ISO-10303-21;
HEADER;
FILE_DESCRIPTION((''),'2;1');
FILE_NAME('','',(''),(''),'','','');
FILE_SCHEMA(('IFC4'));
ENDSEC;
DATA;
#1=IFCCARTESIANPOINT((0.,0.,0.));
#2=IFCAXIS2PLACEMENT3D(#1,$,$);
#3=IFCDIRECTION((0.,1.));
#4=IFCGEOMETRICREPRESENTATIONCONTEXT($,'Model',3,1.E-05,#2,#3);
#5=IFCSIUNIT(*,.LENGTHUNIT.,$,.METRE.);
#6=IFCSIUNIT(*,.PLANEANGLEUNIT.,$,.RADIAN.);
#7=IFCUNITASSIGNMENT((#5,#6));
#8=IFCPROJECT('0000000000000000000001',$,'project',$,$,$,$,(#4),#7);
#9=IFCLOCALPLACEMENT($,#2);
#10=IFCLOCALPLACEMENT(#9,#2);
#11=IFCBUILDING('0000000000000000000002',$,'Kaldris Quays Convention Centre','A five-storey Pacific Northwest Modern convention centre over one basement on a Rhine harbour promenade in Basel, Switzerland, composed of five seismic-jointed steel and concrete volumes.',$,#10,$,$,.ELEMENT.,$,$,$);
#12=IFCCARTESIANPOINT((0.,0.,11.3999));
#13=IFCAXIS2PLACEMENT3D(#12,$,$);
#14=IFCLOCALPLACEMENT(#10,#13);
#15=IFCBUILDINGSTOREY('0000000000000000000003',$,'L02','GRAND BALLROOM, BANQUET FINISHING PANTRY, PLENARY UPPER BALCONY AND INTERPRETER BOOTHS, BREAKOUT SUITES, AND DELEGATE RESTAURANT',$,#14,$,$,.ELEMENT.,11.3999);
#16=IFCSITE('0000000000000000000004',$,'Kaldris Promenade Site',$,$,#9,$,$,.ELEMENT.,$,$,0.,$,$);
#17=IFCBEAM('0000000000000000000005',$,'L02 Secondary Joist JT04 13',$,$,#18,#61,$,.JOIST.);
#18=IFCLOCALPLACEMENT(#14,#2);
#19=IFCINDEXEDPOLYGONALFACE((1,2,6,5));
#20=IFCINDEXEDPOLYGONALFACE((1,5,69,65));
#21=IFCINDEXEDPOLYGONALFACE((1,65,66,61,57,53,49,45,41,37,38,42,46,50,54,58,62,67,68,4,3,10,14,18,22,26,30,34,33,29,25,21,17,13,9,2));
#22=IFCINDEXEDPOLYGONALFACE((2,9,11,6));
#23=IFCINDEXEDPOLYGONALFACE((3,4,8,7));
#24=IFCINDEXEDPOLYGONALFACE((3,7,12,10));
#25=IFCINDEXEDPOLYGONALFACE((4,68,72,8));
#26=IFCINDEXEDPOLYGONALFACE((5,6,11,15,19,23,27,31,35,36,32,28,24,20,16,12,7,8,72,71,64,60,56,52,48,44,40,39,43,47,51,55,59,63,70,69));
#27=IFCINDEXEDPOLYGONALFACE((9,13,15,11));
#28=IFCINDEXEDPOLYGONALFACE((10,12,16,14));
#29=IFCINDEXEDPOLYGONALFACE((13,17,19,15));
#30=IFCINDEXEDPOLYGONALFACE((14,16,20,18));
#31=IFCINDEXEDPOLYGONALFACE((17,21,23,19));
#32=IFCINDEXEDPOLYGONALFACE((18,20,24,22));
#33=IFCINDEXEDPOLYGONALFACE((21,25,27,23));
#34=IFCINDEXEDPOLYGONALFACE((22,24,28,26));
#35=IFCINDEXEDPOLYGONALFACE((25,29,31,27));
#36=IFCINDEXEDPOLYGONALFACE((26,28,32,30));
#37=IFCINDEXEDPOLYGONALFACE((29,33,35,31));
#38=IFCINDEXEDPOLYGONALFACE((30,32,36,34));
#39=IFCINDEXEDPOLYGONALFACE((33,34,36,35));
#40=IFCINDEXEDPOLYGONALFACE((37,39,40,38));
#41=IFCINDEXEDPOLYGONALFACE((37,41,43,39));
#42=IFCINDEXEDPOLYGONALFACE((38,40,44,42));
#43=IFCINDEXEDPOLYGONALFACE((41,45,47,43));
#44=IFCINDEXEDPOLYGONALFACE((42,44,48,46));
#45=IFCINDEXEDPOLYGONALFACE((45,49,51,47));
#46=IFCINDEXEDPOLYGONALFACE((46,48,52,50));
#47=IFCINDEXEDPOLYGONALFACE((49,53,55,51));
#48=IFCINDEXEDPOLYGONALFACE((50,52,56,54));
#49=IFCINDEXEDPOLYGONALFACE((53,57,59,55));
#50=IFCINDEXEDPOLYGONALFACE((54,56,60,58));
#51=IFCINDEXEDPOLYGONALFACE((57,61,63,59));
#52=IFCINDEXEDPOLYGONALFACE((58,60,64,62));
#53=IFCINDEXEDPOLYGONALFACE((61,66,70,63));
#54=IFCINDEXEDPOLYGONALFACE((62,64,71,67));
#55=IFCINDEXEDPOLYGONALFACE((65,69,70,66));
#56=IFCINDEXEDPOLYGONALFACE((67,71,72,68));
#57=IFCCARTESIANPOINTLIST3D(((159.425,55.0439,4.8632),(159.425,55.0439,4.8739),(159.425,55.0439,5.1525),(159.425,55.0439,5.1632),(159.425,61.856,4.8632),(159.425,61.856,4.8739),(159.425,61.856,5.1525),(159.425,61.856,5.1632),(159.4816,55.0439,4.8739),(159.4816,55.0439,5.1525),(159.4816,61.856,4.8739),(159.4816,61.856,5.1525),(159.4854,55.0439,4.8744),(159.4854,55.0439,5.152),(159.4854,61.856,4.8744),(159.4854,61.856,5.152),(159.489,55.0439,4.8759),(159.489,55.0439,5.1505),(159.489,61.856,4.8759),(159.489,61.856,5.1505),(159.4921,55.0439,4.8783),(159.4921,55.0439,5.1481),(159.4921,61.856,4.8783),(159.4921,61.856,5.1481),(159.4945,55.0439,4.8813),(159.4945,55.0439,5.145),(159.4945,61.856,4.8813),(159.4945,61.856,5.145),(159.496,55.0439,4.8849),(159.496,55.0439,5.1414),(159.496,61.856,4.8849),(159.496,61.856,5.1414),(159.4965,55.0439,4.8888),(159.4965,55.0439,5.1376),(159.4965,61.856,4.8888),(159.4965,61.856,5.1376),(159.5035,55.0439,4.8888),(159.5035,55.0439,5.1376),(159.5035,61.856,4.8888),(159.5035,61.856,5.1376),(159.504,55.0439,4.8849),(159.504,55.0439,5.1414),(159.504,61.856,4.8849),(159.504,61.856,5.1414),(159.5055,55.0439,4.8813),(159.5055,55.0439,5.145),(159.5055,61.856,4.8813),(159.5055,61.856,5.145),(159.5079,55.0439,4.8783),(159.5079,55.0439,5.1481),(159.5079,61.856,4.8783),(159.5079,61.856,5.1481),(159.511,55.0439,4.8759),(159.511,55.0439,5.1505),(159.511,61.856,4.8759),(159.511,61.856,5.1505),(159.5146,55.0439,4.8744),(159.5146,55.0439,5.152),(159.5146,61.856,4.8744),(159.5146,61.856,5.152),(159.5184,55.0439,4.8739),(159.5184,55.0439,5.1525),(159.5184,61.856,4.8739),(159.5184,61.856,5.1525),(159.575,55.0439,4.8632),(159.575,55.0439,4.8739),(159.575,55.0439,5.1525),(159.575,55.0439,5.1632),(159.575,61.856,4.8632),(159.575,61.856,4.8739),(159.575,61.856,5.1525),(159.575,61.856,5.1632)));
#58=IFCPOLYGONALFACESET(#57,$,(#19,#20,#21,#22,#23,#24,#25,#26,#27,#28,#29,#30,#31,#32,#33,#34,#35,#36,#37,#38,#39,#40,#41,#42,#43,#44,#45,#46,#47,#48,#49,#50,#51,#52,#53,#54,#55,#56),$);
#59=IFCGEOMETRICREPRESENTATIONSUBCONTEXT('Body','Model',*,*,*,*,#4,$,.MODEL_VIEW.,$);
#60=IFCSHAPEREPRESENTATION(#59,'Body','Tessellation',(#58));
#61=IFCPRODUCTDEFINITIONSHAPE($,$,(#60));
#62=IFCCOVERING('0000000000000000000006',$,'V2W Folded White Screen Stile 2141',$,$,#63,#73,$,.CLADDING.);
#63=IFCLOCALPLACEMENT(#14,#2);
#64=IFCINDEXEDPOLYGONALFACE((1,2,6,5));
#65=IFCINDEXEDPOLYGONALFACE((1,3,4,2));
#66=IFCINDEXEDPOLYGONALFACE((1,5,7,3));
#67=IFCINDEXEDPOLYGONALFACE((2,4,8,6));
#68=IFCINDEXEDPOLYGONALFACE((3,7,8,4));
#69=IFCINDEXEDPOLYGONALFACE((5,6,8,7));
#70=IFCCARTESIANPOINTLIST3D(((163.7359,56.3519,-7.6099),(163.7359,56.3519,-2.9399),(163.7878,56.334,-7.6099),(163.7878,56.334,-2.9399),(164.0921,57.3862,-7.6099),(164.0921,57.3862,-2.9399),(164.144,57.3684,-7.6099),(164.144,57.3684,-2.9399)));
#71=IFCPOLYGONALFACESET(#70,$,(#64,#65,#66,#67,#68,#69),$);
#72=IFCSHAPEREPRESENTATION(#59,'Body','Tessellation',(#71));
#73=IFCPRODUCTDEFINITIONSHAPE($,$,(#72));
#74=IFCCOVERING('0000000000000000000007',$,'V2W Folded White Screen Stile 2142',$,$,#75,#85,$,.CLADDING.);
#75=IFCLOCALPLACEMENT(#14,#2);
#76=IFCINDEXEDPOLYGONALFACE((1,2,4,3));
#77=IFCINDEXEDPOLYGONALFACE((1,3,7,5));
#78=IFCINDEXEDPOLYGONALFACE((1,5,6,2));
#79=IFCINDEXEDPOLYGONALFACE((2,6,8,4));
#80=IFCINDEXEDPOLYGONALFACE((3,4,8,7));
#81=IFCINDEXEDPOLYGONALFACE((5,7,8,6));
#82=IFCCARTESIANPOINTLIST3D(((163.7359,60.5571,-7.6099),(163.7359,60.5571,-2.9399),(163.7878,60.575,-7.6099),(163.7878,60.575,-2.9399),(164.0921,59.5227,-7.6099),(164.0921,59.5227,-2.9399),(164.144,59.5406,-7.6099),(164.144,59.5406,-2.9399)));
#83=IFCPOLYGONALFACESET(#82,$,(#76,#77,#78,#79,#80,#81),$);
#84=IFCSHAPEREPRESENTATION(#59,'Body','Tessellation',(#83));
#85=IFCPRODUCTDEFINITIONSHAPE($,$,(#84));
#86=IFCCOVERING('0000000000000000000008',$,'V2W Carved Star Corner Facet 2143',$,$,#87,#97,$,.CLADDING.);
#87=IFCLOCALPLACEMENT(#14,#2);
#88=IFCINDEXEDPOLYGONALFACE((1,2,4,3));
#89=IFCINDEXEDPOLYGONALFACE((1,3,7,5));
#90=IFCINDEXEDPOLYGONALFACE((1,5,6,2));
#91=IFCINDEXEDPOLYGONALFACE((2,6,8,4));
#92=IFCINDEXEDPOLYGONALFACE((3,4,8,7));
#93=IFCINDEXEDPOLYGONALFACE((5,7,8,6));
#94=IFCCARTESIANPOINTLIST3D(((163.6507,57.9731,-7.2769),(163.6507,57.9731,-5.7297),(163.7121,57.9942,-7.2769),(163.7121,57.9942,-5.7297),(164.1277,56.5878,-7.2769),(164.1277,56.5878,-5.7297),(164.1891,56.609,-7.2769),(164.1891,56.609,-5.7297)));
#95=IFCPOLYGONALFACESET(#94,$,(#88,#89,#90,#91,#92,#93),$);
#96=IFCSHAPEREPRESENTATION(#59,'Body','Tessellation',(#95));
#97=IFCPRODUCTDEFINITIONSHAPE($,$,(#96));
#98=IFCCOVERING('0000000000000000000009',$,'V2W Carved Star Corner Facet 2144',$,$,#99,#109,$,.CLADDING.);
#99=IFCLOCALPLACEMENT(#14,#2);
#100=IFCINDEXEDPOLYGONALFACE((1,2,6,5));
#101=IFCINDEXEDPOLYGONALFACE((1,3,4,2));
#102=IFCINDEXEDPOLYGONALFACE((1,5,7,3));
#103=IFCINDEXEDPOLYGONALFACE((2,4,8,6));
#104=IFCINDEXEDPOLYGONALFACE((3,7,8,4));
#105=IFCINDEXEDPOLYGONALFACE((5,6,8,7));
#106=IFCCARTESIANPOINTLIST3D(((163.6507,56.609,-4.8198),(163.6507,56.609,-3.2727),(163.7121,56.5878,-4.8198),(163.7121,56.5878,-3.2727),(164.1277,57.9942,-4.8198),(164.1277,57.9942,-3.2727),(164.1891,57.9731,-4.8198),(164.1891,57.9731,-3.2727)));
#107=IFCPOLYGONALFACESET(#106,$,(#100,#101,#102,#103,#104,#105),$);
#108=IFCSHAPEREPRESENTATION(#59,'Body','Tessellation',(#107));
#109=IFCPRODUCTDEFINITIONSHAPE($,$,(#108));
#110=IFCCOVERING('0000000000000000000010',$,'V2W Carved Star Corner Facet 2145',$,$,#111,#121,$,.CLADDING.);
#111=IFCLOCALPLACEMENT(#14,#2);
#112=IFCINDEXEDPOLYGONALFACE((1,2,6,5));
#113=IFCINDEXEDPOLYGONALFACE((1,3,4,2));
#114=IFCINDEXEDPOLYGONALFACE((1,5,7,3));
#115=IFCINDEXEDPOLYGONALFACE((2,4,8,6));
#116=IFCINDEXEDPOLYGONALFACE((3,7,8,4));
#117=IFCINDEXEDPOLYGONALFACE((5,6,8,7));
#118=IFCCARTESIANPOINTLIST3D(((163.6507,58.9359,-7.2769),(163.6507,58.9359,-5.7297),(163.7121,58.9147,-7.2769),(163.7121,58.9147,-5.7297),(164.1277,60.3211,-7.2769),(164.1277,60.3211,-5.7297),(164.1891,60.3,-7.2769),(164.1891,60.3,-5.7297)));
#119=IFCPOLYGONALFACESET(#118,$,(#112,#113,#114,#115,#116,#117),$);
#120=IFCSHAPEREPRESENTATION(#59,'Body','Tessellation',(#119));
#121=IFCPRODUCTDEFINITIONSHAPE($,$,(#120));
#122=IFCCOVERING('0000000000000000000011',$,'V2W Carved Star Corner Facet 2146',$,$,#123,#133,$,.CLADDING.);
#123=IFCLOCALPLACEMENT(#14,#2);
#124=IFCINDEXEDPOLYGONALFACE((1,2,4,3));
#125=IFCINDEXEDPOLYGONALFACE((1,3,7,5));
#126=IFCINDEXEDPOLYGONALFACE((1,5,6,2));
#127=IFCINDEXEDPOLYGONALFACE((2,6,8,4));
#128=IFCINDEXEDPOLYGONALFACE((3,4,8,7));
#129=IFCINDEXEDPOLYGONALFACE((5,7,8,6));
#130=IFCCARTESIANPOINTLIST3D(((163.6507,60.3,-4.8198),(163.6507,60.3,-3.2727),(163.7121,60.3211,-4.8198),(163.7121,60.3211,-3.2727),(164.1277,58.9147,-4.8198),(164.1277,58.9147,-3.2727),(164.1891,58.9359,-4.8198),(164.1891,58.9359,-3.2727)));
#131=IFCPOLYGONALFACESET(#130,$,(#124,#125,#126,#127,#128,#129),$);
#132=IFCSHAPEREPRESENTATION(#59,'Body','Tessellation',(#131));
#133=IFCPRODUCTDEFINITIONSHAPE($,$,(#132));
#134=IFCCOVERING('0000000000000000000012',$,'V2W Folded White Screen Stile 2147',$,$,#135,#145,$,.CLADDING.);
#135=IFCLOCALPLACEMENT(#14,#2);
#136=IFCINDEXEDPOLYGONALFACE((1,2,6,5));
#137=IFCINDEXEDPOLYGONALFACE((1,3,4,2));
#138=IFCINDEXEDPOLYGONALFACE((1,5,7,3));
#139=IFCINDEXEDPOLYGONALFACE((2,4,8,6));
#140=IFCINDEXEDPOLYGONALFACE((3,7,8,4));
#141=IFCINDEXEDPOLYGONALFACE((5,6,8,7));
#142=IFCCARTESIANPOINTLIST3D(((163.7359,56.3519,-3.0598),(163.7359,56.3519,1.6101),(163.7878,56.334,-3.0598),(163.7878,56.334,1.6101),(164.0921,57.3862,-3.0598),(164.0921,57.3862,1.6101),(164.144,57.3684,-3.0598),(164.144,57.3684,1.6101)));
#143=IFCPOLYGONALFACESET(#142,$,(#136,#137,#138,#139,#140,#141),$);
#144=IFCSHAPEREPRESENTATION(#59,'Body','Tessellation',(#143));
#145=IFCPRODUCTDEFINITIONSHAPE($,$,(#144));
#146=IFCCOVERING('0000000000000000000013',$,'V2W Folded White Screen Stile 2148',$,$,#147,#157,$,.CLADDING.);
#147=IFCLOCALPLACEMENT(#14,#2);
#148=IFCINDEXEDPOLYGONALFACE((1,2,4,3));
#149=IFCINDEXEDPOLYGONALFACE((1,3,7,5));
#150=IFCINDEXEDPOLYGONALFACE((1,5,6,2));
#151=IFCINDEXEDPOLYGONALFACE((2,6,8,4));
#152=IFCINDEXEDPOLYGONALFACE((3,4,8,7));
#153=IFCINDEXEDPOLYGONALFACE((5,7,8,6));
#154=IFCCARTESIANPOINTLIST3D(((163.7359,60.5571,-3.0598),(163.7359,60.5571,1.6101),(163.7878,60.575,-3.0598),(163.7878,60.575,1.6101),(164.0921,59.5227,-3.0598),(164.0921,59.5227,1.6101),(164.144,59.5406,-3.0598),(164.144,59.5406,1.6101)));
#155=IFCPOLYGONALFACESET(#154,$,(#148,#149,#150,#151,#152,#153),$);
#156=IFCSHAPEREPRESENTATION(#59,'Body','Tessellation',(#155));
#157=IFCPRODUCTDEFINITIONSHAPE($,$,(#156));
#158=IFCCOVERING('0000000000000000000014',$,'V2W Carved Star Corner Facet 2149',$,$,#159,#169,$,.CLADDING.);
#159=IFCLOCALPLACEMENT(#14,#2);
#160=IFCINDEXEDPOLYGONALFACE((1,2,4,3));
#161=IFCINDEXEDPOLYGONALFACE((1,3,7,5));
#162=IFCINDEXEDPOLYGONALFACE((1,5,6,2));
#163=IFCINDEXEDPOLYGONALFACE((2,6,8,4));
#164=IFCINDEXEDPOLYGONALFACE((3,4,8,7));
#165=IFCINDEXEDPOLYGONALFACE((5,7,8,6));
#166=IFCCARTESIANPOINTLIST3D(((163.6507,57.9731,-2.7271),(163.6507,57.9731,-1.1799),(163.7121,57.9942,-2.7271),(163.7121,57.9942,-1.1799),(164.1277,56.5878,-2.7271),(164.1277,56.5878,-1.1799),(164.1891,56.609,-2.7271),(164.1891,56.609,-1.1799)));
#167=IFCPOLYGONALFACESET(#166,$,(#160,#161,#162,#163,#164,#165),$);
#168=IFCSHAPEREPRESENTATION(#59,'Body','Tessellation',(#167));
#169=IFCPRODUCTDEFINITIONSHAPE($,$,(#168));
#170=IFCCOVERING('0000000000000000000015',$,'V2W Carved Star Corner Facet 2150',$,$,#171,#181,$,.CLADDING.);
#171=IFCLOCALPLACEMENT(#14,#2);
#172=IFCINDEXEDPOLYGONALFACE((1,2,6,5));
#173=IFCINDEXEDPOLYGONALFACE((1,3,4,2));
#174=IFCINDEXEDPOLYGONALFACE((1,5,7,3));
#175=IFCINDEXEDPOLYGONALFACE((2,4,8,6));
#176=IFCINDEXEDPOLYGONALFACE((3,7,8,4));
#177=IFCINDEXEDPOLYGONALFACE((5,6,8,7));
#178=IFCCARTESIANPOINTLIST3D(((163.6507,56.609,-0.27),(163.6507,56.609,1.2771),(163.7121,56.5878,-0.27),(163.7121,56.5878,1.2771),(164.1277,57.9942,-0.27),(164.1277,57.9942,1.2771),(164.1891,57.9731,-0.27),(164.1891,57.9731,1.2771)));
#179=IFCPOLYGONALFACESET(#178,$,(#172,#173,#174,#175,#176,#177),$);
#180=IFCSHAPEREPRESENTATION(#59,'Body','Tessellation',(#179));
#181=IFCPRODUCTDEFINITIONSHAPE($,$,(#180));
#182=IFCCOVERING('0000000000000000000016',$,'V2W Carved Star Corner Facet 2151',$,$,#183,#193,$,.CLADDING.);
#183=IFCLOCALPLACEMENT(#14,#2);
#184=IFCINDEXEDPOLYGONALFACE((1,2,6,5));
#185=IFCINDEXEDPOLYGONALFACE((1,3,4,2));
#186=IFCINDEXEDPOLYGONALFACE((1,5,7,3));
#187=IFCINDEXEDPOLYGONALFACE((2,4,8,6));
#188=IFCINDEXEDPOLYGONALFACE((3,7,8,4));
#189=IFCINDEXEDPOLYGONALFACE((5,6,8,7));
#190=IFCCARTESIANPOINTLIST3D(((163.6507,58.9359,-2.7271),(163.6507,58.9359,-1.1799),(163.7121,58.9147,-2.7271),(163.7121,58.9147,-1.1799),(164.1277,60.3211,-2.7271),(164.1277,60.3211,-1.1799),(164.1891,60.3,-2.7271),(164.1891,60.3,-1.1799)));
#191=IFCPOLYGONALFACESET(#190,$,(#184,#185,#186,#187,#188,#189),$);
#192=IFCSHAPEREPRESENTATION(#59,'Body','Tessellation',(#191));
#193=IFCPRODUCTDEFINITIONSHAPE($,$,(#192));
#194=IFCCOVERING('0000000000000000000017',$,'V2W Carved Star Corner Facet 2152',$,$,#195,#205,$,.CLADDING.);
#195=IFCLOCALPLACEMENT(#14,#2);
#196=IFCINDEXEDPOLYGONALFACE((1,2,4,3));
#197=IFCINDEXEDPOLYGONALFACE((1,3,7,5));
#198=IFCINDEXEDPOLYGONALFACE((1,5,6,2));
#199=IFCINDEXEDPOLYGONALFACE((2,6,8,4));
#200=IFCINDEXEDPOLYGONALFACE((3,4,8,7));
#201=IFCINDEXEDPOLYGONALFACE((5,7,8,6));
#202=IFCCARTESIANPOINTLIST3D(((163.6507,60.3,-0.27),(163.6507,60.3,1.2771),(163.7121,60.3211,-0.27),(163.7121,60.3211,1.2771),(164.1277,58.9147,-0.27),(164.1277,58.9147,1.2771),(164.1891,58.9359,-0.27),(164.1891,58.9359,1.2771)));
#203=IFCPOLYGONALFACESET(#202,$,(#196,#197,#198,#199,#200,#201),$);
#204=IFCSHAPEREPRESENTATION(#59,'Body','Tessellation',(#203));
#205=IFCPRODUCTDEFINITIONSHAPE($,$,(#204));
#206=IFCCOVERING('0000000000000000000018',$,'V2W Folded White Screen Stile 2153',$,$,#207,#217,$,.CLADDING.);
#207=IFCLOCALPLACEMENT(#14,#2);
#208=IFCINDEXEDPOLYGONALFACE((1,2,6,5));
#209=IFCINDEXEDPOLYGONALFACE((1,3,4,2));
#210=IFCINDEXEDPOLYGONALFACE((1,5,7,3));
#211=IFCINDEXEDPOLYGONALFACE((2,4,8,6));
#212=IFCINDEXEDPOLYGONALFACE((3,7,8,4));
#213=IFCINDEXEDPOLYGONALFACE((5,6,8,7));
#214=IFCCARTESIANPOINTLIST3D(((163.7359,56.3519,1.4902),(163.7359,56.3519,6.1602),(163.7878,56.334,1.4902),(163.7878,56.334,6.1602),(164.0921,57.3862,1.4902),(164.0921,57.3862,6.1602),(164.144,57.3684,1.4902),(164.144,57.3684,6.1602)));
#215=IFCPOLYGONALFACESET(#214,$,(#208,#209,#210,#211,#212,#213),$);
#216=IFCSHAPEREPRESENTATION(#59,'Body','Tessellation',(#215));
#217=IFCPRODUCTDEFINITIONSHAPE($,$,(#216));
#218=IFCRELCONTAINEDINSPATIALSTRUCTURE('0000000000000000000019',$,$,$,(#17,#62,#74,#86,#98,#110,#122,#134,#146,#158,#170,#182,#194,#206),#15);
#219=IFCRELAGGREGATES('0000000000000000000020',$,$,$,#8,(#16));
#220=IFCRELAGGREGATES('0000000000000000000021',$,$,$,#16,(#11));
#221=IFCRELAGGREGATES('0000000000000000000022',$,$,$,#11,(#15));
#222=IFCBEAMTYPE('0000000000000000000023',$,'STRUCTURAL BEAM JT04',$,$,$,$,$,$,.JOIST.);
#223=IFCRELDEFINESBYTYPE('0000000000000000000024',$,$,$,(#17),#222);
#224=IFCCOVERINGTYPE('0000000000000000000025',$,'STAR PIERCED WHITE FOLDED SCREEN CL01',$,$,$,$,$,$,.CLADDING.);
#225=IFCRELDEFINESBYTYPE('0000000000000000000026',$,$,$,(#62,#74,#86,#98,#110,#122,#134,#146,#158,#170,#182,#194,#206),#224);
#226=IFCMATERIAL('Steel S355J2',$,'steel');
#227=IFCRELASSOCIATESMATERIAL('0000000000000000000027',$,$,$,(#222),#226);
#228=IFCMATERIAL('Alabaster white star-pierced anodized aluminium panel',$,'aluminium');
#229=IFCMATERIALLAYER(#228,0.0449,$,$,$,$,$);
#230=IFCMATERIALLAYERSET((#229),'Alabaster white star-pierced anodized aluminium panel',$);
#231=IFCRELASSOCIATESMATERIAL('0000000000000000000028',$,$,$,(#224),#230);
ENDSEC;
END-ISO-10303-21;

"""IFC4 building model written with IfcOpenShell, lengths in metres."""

from ifc_helpers import new_model, si_unit, direction, frame, origin, origin_2d, place, context, subcontext, project, spatial, rectangle, i_section, extrude, material, layer, layer_set, material_profile, profile_set, type_object, element, save


model = new_model("IFC4")

# Units and contexts
model_context = context("Model", 3, precision=1e-05, world=origin(), true_north=direction((0.0, 1.0)))
body_context = subcontext(model_context, "Body", "Model", "MODEL_VIEW")
ifc_project = project(units=[si_unit("LENGTHUNIT", "METRE"), si_unit("PLANEANGLEUNIT", "RADIAN")], contexts=[model_context])

# Site, building, storey
site_placement = place(None, origin())
site = spatial("IfcSite", under=ifc_project, at=site_placement, Name="Kaldris Promenade Site", CompositionType="ELEMENT", RefElevation=0.0)
building_placement = place(site_placement, origin())
building = spatial("IfcBuilding", under=site, at=building_placement, Name="Kaldris Quays Convention Centre", Description="A five-storey Pacific Northwest Modern convention centre over one basement on a Rhine harbour promenade in Basel, Switzerland, composed of five seismic-jointed steel and concrete volumes.", CompositionType="ELEMENT")
storey_placement = place(building_placement, frame((0.0, 0.0, 11.3999)))
storey = spatial("IfcBuildingStorey", under=building, at=storey_placement, Name="L02", Description="GRAND BALLROOM, BANQUET FINISHING PANTRY, PLENARY UPPER BALCONY AND INTERPRETER BOOTHS, BREAKOUT SUITES, AND DELEGATE RESTAURANT", CompositionType="ELEMENT", Elevation=11.3999)

# Beam
ifc_material_1 = material(Name="Steel S355J2", Category="steel")
ifc_material_profile = material_profile(ifc_material_1, i_section(OverallWidth=0.1499, OverallDepth=0.3, WebThickness=0.0071, FlangeThickness=0.0107, FilletRadius=0.0149, at=origin_2d()), Name="IPE 300")
ifc_profile_set = profile_set([ifc_material_profile], Name="Steel S355J2")
beam_type = type_object("IfcBeamType", Name="STRUCTURAL BEAM JT04", PredefinedType="JOIST", material=ifc_profile_set)
beam_placement = place(storey_placement, frame((159.5, 55.0439, 5.0132), z_axis=(0.0, 1.0, 0.0), x_axis=(-1.0, 0.0, 0.0)))
element("IfcBeam", 1, at=beam_placement, inside=storey, type_object=beam_type, Name="L02 Secondary Joist JT04 13", PredefinedType="JOIST", context=body_context, shape_type="SweptSolid", body=[
    extrude(i_section(OverallWidth=0.1499, OverallDepth=0.3, WebThickness=0.0071, FlangeThickness=0.0107, FilletRadius=0.0149, at=origin_2d()), origin(), (0.0, 0.0, 1.0), 6.812),
])

# Coverings
ifc_material_2 = material(Name="Alabaster white star-pierced anodized aluminium panel", Category="aluminium")
ifc_layer = layer(ifc_material_2, 0.0449)
ifc_layer_set = layer_set([ifc_layer], Name="Alabaster white star-pierced anodized aluminium panel")
covering_type = type_object("IfcCoveringType", Name="STAR PIERCED WHITE FOLDED SCREEN CL01", PredefinedType="CLADDING", material=ifc_layer_set)
for number, where, z_axis, x_axis, name in (
    (2, (163.9399, 56.8601, -7.6099), (0.0, 0.0, 1.0), (0.325568, 0.945519, 0.0), "V2W Folded White Screen Stile 2141"),
    (3, (163.9399, 60.0488, -7.6099), (0.0, 0.0, 1.0), (-0.325568, 0.945519, 0.0), "V2W Folded White Screen Stile 2142"),
):
    element("IfcCovering", number, at=place(storey_placement, frame(where, z_axis=z_axis, x_axis=x_axis)), inside=storey, type_object=covering_type, Name=name, PredefinedType="CLADDING", context=body_context, shape_type="SweptSolid", body=[
        extrude(rectangle(XDim=1.094, YDim=0.0549, at=origin_2d()), origin(), (0.0, 0.0, 1.0), 4.6699),
    ])
for number, where, z_axis, x_axis, name in (
    (4, (163.9199, 57.291, -7.2769), (0.0, 0.0, 1.0), (-0.325568, 0.945519, 0.0), "V2W Carved Star Corner Facet 2143"),
    (5, (163.9199, 57.291, -4.8198), (0.0, 0.0, 1.0), (0.325568, 0.945519, 0.0), "V2W Carved Star Corner Facet 2144"),
    (6, (163.9199, 59.6179, -7.2769), (0.0, 0.0, 1.0), (0.325568, 0.945519, 0.0), "V2W Carved Star Corner Facet 2145"),
    (7, (163.9199, 59.6179, -4.8198), (0.0, 0.0, 1.0), (-0.325568, 0.945519, 0.0), "V2W Carved Star Corner Facet 2146"),
):
    element("IfcCovering", number, at=place(storey_placement, frame(where, z_axis=z_axis, x_axis=x_axis)), inside=storey, type_object=covering_type, Name=name, PredefinedType="CLADDING", context=body_context, shape_type="SweptSolid", body=[
        extrude(rectangle(XDim=1.4651, YDim=0.0649, at=origin_2d()), origin(), (0.0, 0.0, 1.0), 1.5471),
    ])
for number, where, z_axis, x_axis, name in (
    (8, (163.9399, 56.8601, -3.0598), (0.0, 0.0, 1.0), (0.325568, 0.945519, 0.0), "V2W Folded White Screen Stile 2147"),
    (9, (163.9399, 60.0488, -3.0598), (0.0, 0.0, 1.0), (-0.325568, 0.945519, 0.0), "V2W Folded White Screen Stile 2148"),
):
    element("IfcCovering", number, at=place(storey_placement, frame(where, z_axis=z_axis, x_axis=x_axis)), inside=storey, type_object=covering_type, Name=name, PredefinedType="CLADDING", context=body_context, shape_type="SweptSolid", body=[
        extrude(rectangle(XDim=1.094, YDim=0.0549, at=origin_2d()), origin(), (0.0, 0.0, 1.0), 4.6699),
    ])
for number, where, z_axis, x_axis, name in (
    (10, (163.9199, 57.291, -2.7271), (0.0, 0.0, 1.0), (-0.325568, 0.945519, 0.0), "V2W Carved Star Corner Facet 2149"),
    (11, (163.9199, 57.291, -0.27), (0.0, 0.0, 1.0), (0.325568, 0.945519, 0.0), "V2W Carved Star Corner Facet 2150"),
    (12, (163.9199, 59.6179, -2.7271), (0.0, 0.0, 1.0), (0.325568, 0.945519, 0.0), "V2W Carved Star Corner Facet 2151"),
    (13, (163.9199, 59.6179, -0.27), (0.0, 0.0, 1.0), (-0.325568, 0.945519, 0.0), "V2W Carved Star Corner Facet 2152"),
):
    element("IfcCovering", number, at=place(storey_placement, frame(where, z_axis=z_axis, x_axis=x_axis)), inside=storey, type_object=covering_type, Name=name, PredefinedType="CLADDING", context=body_context, shape_type="SweptSolid", body=[
        extrude(rectangle(XDim=1.4651, YDim=0.0649, at=origin_2d()), origin(), (0.0, 0.0, 1.0), 1.5471),
    ])
for number, where, z_axis, x_axis, name in (
    (14, (163.9399, 56.8601, 1.4902), (0.0, 0.0, 1.0), (0.325568, 0.945519, 0.0), "V2W Folded White Screen Stile 2153"),
):
    element("IfcCovering", number, at=place(storey_placement, frame(where, z_axis=z_axis, x_axis=x_axis)), inside=storey, type_object=covering_type, Name=name, PredefinedType="CLADDING", context=body_context, shape_type="SweptSolid", body=[
        extrude(rectangle(XDim=1.094, YDim=0.0549, at=origin_2d()), origin(), (0.0, 0.0, 1.0), 4.6699),
    ])

save(model, "model.ifc")
